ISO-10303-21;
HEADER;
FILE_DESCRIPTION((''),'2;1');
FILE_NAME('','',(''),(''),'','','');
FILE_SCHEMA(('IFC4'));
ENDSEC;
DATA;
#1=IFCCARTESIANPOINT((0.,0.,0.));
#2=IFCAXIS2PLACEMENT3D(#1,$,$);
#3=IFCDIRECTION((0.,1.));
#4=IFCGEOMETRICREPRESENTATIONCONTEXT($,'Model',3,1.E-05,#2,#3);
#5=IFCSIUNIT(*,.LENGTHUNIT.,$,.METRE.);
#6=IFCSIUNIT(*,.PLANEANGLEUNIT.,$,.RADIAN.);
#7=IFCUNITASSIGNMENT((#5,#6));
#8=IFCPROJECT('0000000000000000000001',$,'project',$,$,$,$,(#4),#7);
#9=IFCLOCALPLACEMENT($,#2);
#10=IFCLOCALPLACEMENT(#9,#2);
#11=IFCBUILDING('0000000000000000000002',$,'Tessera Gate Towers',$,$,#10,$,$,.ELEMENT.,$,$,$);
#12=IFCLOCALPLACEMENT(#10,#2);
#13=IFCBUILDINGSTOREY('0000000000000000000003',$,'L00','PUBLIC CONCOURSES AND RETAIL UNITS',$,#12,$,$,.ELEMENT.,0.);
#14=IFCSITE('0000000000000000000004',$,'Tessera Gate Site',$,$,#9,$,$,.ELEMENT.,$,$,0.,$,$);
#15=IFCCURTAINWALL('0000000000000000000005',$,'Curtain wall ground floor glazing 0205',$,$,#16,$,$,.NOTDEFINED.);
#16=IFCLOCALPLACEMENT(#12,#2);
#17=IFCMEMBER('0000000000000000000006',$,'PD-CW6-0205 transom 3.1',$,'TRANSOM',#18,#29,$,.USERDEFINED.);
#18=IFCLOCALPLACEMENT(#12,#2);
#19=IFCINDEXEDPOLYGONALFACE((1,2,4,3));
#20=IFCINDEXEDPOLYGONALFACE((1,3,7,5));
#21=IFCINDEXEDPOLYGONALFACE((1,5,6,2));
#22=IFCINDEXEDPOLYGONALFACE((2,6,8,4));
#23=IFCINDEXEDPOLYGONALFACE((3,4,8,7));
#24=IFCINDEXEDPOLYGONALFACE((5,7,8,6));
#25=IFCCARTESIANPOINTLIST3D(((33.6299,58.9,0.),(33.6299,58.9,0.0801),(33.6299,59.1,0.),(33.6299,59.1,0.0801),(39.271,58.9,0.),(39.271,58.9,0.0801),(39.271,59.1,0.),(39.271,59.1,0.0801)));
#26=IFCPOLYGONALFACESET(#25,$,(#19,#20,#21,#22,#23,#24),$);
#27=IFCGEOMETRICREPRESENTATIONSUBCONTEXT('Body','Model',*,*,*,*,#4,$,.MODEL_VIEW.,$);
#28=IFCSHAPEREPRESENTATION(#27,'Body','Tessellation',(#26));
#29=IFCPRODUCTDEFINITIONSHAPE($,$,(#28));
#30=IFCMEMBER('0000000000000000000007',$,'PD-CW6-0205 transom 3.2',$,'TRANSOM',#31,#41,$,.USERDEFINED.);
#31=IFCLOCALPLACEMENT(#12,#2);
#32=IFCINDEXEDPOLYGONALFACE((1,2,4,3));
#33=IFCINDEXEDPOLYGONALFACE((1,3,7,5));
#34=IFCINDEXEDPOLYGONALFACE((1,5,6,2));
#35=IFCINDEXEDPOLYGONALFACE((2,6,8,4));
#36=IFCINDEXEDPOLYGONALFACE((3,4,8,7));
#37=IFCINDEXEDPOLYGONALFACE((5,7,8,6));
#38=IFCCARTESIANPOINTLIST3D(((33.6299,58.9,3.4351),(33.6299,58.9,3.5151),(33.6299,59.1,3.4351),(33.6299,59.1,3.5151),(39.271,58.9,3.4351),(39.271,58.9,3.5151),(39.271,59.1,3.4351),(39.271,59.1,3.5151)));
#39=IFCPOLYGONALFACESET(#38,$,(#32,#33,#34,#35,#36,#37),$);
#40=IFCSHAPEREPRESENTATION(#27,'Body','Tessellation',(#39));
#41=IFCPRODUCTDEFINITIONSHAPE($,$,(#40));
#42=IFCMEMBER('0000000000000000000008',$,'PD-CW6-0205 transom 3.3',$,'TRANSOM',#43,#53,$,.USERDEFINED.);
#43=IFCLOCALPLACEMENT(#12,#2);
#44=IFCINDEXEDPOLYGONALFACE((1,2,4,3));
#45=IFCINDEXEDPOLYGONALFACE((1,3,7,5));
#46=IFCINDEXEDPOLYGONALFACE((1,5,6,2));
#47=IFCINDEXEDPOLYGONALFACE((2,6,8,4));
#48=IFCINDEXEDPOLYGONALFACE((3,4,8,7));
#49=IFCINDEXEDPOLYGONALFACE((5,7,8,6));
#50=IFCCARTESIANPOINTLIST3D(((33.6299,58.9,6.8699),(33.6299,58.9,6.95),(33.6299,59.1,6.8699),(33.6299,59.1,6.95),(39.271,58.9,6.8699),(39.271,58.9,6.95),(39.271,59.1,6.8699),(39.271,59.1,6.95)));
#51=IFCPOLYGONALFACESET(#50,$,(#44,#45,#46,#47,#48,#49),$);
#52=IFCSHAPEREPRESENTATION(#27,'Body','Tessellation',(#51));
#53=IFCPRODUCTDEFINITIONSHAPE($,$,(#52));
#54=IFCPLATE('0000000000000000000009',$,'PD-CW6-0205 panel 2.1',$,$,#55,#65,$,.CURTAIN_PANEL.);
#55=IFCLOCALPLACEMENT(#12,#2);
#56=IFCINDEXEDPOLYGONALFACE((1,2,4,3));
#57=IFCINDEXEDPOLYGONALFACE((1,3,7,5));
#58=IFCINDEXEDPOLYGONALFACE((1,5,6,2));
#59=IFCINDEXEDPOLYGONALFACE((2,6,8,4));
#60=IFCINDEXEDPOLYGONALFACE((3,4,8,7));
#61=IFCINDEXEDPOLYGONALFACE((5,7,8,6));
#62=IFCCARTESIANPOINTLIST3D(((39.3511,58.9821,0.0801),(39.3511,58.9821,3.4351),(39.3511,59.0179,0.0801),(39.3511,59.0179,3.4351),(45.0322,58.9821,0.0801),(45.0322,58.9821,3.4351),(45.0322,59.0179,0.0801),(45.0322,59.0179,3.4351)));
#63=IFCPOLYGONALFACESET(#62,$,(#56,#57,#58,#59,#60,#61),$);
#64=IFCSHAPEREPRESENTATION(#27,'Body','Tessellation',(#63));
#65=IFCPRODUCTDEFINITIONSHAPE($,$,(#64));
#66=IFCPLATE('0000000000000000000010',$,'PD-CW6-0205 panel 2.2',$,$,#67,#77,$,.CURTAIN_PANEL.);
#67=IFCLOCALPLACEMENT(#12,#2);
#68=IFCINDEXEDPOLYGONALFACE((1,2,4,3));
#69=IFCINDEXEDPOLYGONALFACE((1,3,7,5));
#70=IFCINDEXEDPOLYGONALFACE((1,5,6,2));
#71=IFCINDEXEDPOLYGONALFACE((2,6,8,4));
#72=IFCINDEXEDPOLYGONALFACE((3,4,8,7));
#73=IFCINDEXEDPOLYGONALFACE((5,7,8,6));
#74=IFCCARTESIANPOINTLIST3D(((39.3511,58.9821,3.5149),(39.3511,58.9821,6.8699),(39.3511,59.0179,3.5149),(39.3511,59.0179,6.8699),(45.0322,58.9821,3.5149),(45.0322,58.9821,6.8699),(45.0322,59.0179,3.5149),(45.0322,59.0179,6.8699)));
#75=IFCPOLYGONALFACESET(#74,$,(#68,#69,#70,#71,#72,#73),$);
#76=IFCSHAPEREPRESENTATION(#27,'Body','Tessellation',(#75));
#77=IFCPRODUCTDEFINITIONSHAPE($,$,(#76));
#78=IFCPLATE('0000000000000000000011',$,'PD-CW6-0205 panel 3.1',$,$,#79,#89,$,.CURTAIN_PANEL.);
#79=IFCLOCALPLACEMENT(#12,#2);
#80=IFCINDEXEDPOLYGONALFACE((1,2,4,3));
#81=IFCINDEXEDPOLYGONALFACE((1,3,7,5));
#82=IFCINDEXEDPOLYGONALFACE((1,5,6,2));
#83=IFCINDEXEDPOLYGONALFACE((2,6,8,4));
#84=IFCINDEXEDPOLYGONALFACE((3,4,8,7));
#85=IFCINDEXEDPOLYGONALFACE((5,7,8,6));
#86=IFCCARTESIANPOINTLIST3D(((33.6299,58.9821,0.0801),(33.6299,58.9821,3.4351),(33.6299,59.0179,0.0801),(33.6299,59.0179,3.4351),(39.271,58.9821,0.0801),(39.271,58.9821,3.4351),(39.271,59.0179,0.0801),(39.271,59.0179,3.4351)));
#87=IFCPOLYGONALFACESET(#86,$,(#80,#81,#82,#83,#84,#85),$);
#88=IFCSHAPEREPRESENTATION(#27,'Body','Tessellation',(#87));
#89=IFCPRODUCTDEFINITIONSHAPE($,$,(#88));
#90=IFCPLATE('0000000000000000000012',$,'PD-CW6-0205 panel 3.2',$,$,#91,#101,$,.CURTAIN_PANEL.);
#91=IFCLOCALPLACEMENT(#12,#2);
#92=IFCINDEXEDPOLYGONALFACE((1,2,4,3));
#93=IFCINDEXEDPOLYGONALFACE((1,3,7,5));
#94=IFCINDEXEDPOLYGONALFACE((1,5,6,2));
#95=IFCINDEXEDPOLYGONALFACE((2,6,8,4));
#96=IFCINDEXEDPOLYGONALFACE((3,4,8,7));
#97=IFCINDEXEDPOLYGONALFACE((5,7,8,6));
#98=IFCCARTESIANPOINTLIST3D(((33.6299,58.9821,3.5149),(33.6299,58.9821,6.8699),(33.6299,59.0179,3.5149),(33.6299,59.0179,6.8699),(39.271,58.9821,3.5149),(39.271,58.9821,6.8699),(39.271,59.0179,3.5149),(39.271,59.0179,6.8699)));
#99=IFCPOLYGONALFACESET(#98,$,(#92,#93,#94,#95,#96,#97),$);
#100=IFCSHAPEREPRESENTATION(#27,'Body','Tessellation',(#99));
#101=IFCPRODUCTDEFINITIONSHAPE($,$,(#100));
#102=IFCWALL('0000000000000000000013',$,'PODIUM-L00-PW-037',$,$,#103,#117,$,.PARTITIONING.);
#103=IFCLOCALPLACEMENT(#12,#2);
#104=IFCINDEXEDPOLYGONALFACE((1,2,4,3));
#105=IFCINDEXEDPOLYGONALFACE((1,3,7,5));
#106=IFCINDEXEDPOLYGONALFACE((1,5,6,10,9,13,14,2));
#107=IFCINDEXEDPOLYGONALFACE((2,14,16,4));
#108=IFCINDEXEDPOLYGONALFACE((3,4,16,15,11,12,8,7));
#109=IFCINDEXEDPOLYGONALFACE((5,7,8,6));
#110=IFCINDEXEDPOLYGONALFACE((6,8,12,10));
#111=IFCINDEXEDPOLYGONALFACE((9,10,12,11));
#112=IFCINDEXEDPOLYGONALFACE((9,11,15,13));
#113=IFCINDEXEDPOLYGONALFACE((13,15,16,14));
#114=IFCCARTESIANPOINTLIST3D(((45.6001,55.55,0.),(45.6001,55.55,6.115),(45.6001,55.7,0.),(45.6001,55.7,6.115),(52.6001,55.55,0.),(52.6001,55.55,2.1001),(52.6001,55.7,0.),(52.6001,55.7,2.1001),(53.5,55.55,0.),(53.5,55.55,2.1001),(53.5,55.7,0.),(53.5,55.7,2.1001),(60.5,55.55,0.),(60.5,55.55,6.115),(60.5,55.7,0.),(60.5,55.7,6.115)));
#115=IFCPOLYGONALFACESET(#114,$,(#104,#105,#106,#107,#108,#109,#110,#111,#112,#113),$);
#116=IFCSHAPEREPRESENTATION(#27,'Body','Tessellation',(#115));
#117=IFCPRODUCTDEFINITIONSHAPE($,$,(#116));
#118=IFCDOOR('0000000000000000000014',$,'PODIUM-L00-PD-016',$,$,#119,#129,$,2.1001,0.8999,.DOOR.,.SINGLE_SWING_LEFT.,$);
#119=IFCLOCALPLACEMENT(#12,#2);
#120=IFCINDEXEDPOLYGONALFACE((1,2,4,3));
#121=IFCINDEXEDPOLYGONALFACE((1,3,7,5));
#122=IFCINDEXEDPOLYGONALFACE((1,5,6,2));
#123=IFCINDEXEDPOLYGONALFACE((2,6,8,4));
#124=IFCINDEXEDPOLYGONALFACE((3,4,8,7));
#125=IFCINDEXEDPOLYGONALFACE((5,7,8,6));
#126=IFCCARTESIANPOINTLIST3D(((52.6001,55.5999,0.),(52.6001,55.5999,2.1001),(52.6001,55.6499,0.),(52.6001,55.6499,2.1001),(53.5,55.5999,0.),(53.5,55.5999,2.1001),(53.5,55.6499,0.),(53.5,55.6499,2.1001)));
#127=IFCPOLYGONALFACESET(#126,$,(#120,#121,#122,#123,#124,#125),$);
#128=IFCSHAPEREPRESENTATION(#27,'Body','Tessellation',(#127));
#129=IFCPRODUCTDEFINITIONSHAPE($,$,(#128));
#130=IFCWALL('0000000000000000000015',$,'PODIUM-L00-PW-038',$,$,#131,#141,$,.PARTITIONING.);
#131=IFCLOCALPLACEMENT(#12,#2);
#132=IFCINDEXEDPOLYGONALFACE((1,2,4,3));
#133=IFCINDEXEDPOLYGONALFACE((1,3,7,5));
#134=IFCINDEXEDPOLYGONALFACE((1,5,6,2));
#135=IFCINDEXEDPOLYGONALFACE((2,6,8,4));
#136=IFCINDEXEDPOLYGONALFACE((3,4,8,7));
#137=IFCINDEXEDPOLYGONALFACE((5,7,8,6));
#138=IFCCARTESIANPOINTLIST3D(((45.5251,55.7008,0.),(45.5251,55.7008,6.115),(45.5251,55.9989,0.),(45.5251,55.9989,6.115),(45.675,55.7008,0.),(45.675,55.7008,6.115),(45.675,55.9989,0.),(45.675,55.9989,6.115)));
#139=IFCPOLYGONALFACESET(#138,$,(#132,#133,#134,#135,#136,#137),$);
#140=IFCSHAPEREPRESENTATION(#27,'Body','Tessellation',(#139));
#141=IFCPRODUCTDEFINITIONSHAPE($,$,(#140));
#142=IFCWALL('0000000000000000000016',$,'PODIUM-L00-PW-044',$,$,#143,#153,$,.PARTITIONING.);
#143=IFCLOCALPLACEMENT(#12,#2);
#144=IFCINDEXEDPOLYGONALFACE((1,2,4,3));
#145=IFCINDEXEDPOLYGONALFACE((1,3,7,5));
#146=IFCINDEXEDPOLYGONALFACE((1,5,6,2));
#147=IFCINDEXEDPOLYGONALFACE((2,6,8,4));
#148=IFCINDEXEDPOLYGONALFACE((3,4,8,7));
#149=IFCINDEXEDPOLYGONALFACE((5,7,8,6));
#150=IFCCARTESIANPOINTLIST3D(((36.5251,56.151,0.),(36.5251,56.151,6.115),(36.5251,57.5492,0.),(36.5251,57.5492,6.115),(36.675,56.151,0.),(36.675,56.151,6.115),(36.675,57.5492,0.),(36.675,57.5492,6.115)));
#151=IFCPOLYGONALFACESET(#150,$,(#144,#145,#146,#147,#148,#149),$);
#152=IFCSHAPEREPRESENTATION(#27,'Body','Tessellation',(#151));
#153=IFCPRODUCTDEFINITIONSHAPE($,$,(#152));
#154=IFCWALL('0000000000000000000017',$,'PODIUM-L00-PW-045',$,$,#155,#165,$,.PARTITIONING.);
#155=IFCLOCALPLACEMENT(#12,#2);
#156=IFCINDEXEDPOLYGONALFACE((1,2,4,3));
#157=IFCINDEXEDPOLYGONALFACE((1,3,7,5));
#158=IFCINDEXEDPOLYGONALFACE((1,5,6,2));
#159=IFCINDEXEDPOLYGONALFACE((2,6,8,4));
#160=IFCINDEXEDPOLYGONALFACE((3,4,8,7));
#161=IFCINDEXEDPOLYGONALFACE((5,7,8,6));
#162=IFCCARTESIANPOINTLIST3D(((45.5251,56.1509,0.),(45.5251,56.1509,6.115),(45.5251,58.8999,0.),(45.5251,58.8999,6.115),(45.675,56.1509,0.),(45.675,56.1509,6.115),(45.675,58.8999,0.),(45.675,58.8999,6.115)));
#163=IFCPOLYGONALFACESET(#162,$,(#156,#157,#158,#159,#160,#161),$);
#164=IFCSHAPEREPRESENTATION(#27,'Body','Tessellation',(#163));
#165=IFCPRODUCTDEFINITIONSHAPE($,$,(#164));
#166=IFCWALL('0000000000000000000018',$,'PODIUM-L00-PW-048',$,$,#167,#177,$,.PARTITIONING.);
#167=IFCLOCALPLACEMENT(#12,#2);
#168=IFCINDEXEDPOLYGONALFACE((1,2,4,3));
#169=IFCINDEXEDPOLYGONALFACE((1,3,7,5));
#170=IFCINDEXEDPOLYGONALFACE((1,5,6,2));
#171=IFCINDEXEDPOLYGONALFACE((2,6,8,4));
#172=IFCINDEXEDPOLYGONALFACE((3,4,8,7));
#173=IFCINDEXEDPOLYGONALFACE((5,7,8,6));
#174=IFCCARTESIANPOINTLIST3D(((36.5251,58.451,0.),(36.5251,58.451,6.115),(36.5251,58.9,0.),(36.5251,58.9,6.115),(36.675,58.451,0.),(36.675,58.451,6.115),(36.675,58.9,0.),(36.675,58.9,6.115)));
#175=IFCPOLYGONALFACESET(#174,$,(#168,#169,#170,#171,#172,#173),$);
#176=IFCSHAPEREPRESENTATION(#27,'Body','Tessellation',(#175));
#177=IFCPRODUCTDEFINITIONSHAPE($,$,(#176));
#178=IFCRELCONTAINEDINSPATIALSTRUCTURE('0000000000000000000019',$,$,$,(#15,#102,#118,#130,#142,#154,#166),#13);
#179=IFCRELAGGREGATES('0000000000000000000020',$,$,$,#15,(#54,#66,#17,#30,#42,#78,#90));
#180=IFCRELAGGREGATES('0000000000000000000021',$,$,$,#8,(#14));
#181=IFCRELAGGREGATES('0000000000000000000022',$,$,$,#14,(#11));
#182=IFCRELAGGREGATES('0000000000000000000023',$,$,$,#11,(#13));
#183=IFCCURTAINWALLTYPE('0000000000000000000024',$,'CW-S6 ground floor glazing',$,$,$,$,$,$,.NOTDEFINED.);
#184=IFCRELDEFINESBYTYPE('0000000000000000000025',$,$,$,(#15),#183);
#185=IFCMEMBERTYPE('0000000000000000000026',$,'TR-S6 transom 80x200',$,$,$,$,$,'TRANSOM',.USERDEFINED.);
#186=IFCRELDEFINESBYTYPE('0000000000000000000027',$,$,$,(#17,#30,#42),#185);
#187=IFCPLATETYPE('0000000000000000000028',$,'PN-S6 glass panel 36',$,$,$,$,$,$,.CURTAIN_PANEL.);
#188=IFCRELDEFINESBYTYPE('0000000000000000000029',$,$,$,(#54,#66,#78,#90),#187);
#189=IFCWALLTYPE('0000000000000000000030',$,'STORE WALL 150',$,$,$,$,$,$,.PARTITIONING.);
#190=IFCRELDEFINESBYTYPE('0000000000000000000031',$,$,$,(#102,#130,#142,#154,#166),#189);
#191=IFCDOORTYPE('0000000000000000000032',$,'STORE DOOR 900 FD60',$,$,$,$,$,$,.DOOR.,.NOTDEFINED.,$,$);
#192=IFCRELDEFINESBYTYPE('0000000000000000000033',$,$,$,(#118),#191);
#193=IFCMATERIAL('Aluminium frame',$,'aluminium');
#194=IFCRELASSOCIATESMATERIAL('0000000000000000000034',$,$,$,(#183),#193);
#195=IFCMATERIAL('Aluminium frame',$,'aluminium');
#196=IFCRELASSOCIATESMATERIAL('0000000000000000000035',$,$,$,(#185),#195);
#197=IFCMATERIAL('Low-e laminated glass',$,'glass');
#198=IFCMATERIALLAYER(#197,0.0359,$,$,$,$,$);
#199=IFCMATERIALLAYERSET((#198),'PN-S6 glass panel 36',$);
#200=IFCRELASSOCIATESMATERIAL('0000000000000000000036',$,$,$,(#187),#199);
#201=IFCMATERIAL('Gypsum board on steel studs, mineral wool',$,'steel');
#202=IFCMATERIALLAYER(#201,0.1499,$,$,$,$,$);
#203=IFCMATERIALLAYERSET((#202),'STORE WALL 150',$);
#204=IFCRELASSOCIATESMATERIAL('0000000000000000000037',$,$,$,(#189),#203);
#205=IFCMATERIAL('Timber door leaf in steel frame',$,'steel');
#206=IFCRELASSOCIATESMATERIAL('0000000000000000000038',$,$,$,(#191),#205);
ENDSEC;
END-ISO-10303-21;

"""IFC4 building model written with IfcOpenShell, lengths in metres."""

from ifc_helpers import new_model, si_unit, direction, frame, frame_2d, origin, origin_2d, place, context, subcontext, project, spatial, rectangle, extrude, source, transform, mapped, material, layer, layer_set, material_profile, profile_set, type_object, element, fill, aggregate, save


model = new_model("IFC4")

# Units and contexts
model_context = context("Model", 3, precision=1e-05, world=origin(), true_north=direction((0.0, 1.0)))
body_context = subcontext(model_context, "Body", "Model", "MODEL_VIEW")
ifc_project = project(units=[si_unit("LENGTHUNIT", "METRE"), si_unit("PLANEANGLEUNIT", "RADIAN")], contexts=[model_context])

# Site, building, storey
site_placement = place(None, origin())
site = spatial("IfcSite", under=ifc_project, at=site_placement, Name="Tessera Gate Site", CompositionType="ELEMENT", RefElevation=0.0)
building_placement = place(site_placement, origin())
building = spatial("IfcBuilding", under=site, at=building_placement, Name="Tessera Gate Towers", CompositionType="ELEMENT")
storey_placement = place(building_placement, origin())
storey = spatial("IfcBuildingStorey", under=building, at=storey_placement, Name="L00", Description="PUBLIC CONCOURSES AND RETAIL UNITS", CompositionType="ELEMENT", Elevation=0.0)

# Curtain wall, members, plates
ifc_material_1 = material(Name="Aluminium frame", Category="aluminium")
curtain_wall_type = type_object("IfcCurtainWallType", Name="CW-S6 ground floor glazing", PredefinedType="NOTDEFINED", material=ifc_material_1)
curtain_wall_placement = place(storey_placement, origin())
curtain_wall = element("IfcCurtainWall", 1, at=curtain_wall_placement, inside=storey, type_object=curtain_wall_type, Name="Curtain wall ground floor glazing 0205", PredefinedType="NOTDEFINED")
ifc_material_2 = material(Name="Aluminium frame", Category="aluminium")
ifc_material_profile_1 = material_profile(ifc_material_2, rectangle(XDim=0.2, YDim=0.0801, at=origin_2d()), Name="AL 80x200")
ifc_profile_set_1 = profile_set([ifc_material_profile_1], Name="Aluminium frame")
member_type_1 = type_object("IfcMemberType", Name="TR-S6 transom 80x200", ElementType="TRANSOM", PredefinedType="USERDEFINED", material=ifc_profile_set_1)
member_1_placement = place(storey_placement, frame((39.271, 59.0, 0.04), z_axis=(-1.0, 0.0, 0.0), x_axis=(0.0, -1.0, 0.0)))
member_1 = element("IfcMember", 2, at=member_1_placement, type_object=member_type_1, Name="PD-CW6-0205 transom 3.1", ObjectType="TRANSOM", PredefinedType="USERDEFINED", context=body_context, shape_type="SweptSolid", body=[
    extrude(rectangle(XDim=0.2, YDim=0.0801, at=origin_2d()), origin(), (0.0, 0.0, 1.0), 5.6411),
])
member_2_placement = place(storey_placement, frame((39.271, 59.0, 3.4751), z_axis=(-1.0, 0.0, 0.0), x_axis=(0.0, -1.0, 0.0)))
member_2 = element("IfcMember", 3, at=member_2_placement, type_object=member_type_1, Name="PD-CW6-0205 transom 3.2", ObjectType="TRANSOM", PredefinedType="USERDEFINED", context=body_context, shape_type="SweptSolid", body=[
    extrude(rectangle(XDim=0.2, YDim=0.0801, at=origin_2d()), origin(), (0.0, 0.0, 1.0), 5.6411),
])
member_3_placement = place(storey_placement, frame((39.271, 59.0, 6.9099), z_axis=(-1.0, 0.0, 0.0), x_axis=(0.0, -1.0, 0.0)))
member_3 = element("IfcMember", 4, at=member_3_placement, type_object=member_type_1, Name="PD-CW6-0205 transom 3.3", ObjectType="TRANSOM", PredefinedType="USERDEFINED", context=body_context, shape_type="SweptSolid", body=[
    extrude(rectangle(XDim=0.2, YDim=0.0801, at=origin_2d()), origin(), (0.0, 0.0, 1.0), 5.6411),
])
ifc_material_3 = material(Name="Low-e laminated glass", Category="glass")
ifc_layer_1 = layer(ifc_material_3, 0.0359)
ifc_layer_set_1 = layer_set([ifc_layer_1], Name="PN-S6 glass panel 36")
plate_type = type_object("IfcPlateType", Name="PN-S6 glass panel 36", PredefinedType="CURTAIN_PANEL", material=ifc_layer_set_1)
plate_1_placement = place(storey_placement, frame((42.1917, 59.0, 0.0801), z_axis=(0.0, 0.0, 1.0), x_axis=(-1.0, 0.0, 0.0)))
plate_1 = element("IfcPlate", 5, at=plate_1_placement, type_object=plate_type, Name="PD-CW6-0205 panel 2.1", PredefinedType="CURTAIN_PANEL", context=body_context, shape_type="SweptSolid", body=[
    extrude(rectangle(XDim=5.6812, YDim=0.0359, at=origin_2d()), origin(), (0.0, 0.0, 1.0), 3.355),
])
plate_2_placement = place(storey_placement, frame((42.1917, 59.0, 3.5149), z_axis=(0.0, 0.0, 1.0), x_axis=(-1.0, 0.0, 0.0)))
plate_2 = element("IfcPlate", 6, at=plate_2_placement, type_object=plate_type, Name="PD-CW6-0205 panel 2.2", PredefinedType="CURTAIN_PANEL", context=body_context, shape_type="SweptSolid", body=[
    extrude(rectangle(XDim=5.6812, YDim=0.0359, at=origin_2d()), origin(), (0.0, 0.0, 1.0), 3.355),
])
plate_3_placement = place(storey_placement, frame((36.4504, 59.0, 0.0801), z_axis=(0.0, 0.0, 1.0), x_axis=(-1.0, 0.0, 0.0)))
plate_3 = element("IfcPlate", 7, at=plate_3_placement, type_object=plate_type, Name="PD-CW6-0205 panel 3.1", PredefinedType="CURTAIN_PANEL", context=body_context, shape_type="SweptSolid", body=[
    extrude(rectangle(XDim=5.6411, YDim=0.0359, at=origin_2d()), origin(), (0.0, 0.0, 1.0), 3.355),
])
plate_4_placement = place(storey_placement, frame((36.4504, 59.0, 3.5149), z_axis=(0.0, 0.0, 1.0), x_axis=(-1.0, 0.0, 0.0)))
plate_4 = element("IfcPlate", 8, at=plate_4_placement, type_object=plate_type, Name="PD-CW6-0205 panel 3.2", PredefinedType="CURTAIN_PANEL", context=body_context, shape_type="SweptSolid", body=[
    extrude(rectangle(XDim=5.6411, YDim=0.0359, at=origin_2d()), origin(), (0.0, 0.0, 1.0), 3.355),
])
aggregate(curtain_wall, [plate_1, plate_2, member_1, member_2, member_3, plate_3, plate_4])

# Wall, opening, door
ifc_material_4 = material(Name="Gypsum board on steel studs, mineral wool", Category="steel")
ifc_layer_2 = layer(ifc_material_4, 0.1499)
ifc_layer_set_2 = layer_set([ifc_layer_2], Name="STORE WALL 150")
wall_type_1 = type_object("IfcWallType", Name="STORE WALL 150", PredefinedType="PARTITIONING", material=ifc_layer_set_2)
wall_1_placement = place(storey_placement, frame((45.6001, 55.625, 0.0), z_axis=(0.0, 0.0, 1.0), x_axis=(1.0, 0.0, 0.0)))
wall_1 = element("IfcWall", 9, at=wall_1_placement, inside=storey, type_object=wall_type_1, Name="PODIUM-L00-PW-037", PredefinedType="PARTITIONING", context=body_context, shape_type="SweptSolid", body=[
    extrude(rectangle(XDim=14.8999, YDim=0.1499, at=frame_2d((7.45, 0.0))), origin(), (0.0, 0.0, 1.0), 6.115),
])
shared_shape_1 = source(origin(), body_context, "Body", "SweptSolid", [
    extrude(rectangle(XDim=0.8999, YDim=2.1001, at=frame_2d((0.45, 1.05))), frame((0.0, 0.085, 0.0), z_axis=(0.0, -1.0, 0.0), x_axis=(1.0, 0.0, 0.0)), (0.0, 0.0, 1.0), 0.1699),
])
opening_placement = place(wall_1_placement, frame((7.0, 0.0, 0.0)))
opening = element("IfcOpeningElement", 10, at=opening_placement, cuts=wall_1, PredefinedType="OPENING", context=body_context, shape_type="MappedRepresentation", body=[
    mapped(shared_shape_1, transform((0.0, 0.0, 0.0), scale=1.0)),
])
ifc_material_5 = material(Name="Timber door leaf in steel frame", Category="steel")
door_type = type_object("IfcDoorType", Name="STORE DOOR 900 FD60", OperationType="NOTDEFINED", PredefinedType="DOOR", material=ifc_material_5)
shared_shape_2 = source(origin(), body_context, "Body", "SweptSolid", [
    extrude(rectangle(XDim=0.8999, YDim=2.1001, at=frame_2d((0.45, 1.05))), frame((0.0, 0.0249, 0.0), z_axis=(0.0, -1.0, 0.0), x_axis=(1.0, 0.0, 0.0)), (0.0, 0.0, 1.0), 0.05),
])
door_placement = place(opening_placement, origin())
door = element("IfcDoor", 11, at=door_placement, inside=storey, type_object=door_type, Name="PODIUM-L00-PD-016", OperationType="SINGLE_SWING_LEFT", OverallHeight=2.1001, OverallWidth=0.8999, PredefinedType="DOOR", context=body_context, shape_type="MappedRepresentation", body=[
    mapped(shared_shape_2, transform((0.0, 0.0, 0.0), scale=1.0)),
])
fill(opening, door)

# Walls
wall_2_placement = place(storey_placement, frame((45.6001, 55.7009, 0.0), z_axis=(0.0, 0.0, 1.0), x_axis=(0.0, 1.0, 0.0)))
element("IfcWall", 12, at=wall_2_placement, inside=storey, type_object=wall_type_1, Name="PODIUM-L00-PW-038", PredefinedType="PARTITIONING", context=body_context, shape_type="SweptSolid", body=[
    extrude(rectangle(XDim=0.2981, YDim=0.1499, at=frame_2d((0.1489, 0.0))), origin(), (0.0, 0.0, 1.0), 6.115),
])
wall_3_placement = place(storey_placement, frame((36.6001, 56.1509, 0.0), z_axis=(0.0, 0.0, 1.0), x_axis=(0.0, 1.0, 0.0)))
element("IfcWall", 13, at=wall_3_placement, inside=storey, type_object=wall_type_1, Name="PODIUM-L00-PW-044", PredefinedType="PARTITIONING", context=body_context, shape_type="SweptSolid", body=[
    extrude(rectangle(XDim=1.3982, YDim=0.1499, at=frame_2d((0.6992, 0.0))), origin(), (0.0, 0.0, 1.0), 6.115),
])
wall_4_placement = place(storey_placement, frame((45.6001, 56.1509, 0.0), z_axis=(0.0, 0.0, 1.0), x_axis=(0.0, 1.0, 0.0)))
element("IfcWall", 14, at=wall_4_placement, inside=storey, type_object=wall_type_1, Name="PODIUM-L00-PW-045", PredefinedType="PARTITIONING", context=body_context, shape_type="SweptSolid", body=[
    extrude(rectangle(XDim=2.749, YDim=0.1499, at=frame_2d((1.3745, 0.0))), origin(), (0.0, 0.0, 1.0), 6.115),
])
wall_5_placement = place(storey_placement, frame((36.6001, 58.4509, 0.0), z_axis=(0.0, 0.0, 1.0), x_axis=(0.0, 1.0, 0.0)))
element("IfcWall", 15, at=wall_5_placement, inside=storey, type_object=wall_type_1, Name="PODIUM-L00-PW-048", PredefinedType="PARTITIONING", context=body_context, shape_type="SweptSolid", body=[
    extrude(rectangle(XDim=0.449, YDim=0.1499, at=frame_2d((0.2246, 0.0))), origin(), (0.0, 0.0, 1.0), 6.115),
])

save(model, "model.ifc")
